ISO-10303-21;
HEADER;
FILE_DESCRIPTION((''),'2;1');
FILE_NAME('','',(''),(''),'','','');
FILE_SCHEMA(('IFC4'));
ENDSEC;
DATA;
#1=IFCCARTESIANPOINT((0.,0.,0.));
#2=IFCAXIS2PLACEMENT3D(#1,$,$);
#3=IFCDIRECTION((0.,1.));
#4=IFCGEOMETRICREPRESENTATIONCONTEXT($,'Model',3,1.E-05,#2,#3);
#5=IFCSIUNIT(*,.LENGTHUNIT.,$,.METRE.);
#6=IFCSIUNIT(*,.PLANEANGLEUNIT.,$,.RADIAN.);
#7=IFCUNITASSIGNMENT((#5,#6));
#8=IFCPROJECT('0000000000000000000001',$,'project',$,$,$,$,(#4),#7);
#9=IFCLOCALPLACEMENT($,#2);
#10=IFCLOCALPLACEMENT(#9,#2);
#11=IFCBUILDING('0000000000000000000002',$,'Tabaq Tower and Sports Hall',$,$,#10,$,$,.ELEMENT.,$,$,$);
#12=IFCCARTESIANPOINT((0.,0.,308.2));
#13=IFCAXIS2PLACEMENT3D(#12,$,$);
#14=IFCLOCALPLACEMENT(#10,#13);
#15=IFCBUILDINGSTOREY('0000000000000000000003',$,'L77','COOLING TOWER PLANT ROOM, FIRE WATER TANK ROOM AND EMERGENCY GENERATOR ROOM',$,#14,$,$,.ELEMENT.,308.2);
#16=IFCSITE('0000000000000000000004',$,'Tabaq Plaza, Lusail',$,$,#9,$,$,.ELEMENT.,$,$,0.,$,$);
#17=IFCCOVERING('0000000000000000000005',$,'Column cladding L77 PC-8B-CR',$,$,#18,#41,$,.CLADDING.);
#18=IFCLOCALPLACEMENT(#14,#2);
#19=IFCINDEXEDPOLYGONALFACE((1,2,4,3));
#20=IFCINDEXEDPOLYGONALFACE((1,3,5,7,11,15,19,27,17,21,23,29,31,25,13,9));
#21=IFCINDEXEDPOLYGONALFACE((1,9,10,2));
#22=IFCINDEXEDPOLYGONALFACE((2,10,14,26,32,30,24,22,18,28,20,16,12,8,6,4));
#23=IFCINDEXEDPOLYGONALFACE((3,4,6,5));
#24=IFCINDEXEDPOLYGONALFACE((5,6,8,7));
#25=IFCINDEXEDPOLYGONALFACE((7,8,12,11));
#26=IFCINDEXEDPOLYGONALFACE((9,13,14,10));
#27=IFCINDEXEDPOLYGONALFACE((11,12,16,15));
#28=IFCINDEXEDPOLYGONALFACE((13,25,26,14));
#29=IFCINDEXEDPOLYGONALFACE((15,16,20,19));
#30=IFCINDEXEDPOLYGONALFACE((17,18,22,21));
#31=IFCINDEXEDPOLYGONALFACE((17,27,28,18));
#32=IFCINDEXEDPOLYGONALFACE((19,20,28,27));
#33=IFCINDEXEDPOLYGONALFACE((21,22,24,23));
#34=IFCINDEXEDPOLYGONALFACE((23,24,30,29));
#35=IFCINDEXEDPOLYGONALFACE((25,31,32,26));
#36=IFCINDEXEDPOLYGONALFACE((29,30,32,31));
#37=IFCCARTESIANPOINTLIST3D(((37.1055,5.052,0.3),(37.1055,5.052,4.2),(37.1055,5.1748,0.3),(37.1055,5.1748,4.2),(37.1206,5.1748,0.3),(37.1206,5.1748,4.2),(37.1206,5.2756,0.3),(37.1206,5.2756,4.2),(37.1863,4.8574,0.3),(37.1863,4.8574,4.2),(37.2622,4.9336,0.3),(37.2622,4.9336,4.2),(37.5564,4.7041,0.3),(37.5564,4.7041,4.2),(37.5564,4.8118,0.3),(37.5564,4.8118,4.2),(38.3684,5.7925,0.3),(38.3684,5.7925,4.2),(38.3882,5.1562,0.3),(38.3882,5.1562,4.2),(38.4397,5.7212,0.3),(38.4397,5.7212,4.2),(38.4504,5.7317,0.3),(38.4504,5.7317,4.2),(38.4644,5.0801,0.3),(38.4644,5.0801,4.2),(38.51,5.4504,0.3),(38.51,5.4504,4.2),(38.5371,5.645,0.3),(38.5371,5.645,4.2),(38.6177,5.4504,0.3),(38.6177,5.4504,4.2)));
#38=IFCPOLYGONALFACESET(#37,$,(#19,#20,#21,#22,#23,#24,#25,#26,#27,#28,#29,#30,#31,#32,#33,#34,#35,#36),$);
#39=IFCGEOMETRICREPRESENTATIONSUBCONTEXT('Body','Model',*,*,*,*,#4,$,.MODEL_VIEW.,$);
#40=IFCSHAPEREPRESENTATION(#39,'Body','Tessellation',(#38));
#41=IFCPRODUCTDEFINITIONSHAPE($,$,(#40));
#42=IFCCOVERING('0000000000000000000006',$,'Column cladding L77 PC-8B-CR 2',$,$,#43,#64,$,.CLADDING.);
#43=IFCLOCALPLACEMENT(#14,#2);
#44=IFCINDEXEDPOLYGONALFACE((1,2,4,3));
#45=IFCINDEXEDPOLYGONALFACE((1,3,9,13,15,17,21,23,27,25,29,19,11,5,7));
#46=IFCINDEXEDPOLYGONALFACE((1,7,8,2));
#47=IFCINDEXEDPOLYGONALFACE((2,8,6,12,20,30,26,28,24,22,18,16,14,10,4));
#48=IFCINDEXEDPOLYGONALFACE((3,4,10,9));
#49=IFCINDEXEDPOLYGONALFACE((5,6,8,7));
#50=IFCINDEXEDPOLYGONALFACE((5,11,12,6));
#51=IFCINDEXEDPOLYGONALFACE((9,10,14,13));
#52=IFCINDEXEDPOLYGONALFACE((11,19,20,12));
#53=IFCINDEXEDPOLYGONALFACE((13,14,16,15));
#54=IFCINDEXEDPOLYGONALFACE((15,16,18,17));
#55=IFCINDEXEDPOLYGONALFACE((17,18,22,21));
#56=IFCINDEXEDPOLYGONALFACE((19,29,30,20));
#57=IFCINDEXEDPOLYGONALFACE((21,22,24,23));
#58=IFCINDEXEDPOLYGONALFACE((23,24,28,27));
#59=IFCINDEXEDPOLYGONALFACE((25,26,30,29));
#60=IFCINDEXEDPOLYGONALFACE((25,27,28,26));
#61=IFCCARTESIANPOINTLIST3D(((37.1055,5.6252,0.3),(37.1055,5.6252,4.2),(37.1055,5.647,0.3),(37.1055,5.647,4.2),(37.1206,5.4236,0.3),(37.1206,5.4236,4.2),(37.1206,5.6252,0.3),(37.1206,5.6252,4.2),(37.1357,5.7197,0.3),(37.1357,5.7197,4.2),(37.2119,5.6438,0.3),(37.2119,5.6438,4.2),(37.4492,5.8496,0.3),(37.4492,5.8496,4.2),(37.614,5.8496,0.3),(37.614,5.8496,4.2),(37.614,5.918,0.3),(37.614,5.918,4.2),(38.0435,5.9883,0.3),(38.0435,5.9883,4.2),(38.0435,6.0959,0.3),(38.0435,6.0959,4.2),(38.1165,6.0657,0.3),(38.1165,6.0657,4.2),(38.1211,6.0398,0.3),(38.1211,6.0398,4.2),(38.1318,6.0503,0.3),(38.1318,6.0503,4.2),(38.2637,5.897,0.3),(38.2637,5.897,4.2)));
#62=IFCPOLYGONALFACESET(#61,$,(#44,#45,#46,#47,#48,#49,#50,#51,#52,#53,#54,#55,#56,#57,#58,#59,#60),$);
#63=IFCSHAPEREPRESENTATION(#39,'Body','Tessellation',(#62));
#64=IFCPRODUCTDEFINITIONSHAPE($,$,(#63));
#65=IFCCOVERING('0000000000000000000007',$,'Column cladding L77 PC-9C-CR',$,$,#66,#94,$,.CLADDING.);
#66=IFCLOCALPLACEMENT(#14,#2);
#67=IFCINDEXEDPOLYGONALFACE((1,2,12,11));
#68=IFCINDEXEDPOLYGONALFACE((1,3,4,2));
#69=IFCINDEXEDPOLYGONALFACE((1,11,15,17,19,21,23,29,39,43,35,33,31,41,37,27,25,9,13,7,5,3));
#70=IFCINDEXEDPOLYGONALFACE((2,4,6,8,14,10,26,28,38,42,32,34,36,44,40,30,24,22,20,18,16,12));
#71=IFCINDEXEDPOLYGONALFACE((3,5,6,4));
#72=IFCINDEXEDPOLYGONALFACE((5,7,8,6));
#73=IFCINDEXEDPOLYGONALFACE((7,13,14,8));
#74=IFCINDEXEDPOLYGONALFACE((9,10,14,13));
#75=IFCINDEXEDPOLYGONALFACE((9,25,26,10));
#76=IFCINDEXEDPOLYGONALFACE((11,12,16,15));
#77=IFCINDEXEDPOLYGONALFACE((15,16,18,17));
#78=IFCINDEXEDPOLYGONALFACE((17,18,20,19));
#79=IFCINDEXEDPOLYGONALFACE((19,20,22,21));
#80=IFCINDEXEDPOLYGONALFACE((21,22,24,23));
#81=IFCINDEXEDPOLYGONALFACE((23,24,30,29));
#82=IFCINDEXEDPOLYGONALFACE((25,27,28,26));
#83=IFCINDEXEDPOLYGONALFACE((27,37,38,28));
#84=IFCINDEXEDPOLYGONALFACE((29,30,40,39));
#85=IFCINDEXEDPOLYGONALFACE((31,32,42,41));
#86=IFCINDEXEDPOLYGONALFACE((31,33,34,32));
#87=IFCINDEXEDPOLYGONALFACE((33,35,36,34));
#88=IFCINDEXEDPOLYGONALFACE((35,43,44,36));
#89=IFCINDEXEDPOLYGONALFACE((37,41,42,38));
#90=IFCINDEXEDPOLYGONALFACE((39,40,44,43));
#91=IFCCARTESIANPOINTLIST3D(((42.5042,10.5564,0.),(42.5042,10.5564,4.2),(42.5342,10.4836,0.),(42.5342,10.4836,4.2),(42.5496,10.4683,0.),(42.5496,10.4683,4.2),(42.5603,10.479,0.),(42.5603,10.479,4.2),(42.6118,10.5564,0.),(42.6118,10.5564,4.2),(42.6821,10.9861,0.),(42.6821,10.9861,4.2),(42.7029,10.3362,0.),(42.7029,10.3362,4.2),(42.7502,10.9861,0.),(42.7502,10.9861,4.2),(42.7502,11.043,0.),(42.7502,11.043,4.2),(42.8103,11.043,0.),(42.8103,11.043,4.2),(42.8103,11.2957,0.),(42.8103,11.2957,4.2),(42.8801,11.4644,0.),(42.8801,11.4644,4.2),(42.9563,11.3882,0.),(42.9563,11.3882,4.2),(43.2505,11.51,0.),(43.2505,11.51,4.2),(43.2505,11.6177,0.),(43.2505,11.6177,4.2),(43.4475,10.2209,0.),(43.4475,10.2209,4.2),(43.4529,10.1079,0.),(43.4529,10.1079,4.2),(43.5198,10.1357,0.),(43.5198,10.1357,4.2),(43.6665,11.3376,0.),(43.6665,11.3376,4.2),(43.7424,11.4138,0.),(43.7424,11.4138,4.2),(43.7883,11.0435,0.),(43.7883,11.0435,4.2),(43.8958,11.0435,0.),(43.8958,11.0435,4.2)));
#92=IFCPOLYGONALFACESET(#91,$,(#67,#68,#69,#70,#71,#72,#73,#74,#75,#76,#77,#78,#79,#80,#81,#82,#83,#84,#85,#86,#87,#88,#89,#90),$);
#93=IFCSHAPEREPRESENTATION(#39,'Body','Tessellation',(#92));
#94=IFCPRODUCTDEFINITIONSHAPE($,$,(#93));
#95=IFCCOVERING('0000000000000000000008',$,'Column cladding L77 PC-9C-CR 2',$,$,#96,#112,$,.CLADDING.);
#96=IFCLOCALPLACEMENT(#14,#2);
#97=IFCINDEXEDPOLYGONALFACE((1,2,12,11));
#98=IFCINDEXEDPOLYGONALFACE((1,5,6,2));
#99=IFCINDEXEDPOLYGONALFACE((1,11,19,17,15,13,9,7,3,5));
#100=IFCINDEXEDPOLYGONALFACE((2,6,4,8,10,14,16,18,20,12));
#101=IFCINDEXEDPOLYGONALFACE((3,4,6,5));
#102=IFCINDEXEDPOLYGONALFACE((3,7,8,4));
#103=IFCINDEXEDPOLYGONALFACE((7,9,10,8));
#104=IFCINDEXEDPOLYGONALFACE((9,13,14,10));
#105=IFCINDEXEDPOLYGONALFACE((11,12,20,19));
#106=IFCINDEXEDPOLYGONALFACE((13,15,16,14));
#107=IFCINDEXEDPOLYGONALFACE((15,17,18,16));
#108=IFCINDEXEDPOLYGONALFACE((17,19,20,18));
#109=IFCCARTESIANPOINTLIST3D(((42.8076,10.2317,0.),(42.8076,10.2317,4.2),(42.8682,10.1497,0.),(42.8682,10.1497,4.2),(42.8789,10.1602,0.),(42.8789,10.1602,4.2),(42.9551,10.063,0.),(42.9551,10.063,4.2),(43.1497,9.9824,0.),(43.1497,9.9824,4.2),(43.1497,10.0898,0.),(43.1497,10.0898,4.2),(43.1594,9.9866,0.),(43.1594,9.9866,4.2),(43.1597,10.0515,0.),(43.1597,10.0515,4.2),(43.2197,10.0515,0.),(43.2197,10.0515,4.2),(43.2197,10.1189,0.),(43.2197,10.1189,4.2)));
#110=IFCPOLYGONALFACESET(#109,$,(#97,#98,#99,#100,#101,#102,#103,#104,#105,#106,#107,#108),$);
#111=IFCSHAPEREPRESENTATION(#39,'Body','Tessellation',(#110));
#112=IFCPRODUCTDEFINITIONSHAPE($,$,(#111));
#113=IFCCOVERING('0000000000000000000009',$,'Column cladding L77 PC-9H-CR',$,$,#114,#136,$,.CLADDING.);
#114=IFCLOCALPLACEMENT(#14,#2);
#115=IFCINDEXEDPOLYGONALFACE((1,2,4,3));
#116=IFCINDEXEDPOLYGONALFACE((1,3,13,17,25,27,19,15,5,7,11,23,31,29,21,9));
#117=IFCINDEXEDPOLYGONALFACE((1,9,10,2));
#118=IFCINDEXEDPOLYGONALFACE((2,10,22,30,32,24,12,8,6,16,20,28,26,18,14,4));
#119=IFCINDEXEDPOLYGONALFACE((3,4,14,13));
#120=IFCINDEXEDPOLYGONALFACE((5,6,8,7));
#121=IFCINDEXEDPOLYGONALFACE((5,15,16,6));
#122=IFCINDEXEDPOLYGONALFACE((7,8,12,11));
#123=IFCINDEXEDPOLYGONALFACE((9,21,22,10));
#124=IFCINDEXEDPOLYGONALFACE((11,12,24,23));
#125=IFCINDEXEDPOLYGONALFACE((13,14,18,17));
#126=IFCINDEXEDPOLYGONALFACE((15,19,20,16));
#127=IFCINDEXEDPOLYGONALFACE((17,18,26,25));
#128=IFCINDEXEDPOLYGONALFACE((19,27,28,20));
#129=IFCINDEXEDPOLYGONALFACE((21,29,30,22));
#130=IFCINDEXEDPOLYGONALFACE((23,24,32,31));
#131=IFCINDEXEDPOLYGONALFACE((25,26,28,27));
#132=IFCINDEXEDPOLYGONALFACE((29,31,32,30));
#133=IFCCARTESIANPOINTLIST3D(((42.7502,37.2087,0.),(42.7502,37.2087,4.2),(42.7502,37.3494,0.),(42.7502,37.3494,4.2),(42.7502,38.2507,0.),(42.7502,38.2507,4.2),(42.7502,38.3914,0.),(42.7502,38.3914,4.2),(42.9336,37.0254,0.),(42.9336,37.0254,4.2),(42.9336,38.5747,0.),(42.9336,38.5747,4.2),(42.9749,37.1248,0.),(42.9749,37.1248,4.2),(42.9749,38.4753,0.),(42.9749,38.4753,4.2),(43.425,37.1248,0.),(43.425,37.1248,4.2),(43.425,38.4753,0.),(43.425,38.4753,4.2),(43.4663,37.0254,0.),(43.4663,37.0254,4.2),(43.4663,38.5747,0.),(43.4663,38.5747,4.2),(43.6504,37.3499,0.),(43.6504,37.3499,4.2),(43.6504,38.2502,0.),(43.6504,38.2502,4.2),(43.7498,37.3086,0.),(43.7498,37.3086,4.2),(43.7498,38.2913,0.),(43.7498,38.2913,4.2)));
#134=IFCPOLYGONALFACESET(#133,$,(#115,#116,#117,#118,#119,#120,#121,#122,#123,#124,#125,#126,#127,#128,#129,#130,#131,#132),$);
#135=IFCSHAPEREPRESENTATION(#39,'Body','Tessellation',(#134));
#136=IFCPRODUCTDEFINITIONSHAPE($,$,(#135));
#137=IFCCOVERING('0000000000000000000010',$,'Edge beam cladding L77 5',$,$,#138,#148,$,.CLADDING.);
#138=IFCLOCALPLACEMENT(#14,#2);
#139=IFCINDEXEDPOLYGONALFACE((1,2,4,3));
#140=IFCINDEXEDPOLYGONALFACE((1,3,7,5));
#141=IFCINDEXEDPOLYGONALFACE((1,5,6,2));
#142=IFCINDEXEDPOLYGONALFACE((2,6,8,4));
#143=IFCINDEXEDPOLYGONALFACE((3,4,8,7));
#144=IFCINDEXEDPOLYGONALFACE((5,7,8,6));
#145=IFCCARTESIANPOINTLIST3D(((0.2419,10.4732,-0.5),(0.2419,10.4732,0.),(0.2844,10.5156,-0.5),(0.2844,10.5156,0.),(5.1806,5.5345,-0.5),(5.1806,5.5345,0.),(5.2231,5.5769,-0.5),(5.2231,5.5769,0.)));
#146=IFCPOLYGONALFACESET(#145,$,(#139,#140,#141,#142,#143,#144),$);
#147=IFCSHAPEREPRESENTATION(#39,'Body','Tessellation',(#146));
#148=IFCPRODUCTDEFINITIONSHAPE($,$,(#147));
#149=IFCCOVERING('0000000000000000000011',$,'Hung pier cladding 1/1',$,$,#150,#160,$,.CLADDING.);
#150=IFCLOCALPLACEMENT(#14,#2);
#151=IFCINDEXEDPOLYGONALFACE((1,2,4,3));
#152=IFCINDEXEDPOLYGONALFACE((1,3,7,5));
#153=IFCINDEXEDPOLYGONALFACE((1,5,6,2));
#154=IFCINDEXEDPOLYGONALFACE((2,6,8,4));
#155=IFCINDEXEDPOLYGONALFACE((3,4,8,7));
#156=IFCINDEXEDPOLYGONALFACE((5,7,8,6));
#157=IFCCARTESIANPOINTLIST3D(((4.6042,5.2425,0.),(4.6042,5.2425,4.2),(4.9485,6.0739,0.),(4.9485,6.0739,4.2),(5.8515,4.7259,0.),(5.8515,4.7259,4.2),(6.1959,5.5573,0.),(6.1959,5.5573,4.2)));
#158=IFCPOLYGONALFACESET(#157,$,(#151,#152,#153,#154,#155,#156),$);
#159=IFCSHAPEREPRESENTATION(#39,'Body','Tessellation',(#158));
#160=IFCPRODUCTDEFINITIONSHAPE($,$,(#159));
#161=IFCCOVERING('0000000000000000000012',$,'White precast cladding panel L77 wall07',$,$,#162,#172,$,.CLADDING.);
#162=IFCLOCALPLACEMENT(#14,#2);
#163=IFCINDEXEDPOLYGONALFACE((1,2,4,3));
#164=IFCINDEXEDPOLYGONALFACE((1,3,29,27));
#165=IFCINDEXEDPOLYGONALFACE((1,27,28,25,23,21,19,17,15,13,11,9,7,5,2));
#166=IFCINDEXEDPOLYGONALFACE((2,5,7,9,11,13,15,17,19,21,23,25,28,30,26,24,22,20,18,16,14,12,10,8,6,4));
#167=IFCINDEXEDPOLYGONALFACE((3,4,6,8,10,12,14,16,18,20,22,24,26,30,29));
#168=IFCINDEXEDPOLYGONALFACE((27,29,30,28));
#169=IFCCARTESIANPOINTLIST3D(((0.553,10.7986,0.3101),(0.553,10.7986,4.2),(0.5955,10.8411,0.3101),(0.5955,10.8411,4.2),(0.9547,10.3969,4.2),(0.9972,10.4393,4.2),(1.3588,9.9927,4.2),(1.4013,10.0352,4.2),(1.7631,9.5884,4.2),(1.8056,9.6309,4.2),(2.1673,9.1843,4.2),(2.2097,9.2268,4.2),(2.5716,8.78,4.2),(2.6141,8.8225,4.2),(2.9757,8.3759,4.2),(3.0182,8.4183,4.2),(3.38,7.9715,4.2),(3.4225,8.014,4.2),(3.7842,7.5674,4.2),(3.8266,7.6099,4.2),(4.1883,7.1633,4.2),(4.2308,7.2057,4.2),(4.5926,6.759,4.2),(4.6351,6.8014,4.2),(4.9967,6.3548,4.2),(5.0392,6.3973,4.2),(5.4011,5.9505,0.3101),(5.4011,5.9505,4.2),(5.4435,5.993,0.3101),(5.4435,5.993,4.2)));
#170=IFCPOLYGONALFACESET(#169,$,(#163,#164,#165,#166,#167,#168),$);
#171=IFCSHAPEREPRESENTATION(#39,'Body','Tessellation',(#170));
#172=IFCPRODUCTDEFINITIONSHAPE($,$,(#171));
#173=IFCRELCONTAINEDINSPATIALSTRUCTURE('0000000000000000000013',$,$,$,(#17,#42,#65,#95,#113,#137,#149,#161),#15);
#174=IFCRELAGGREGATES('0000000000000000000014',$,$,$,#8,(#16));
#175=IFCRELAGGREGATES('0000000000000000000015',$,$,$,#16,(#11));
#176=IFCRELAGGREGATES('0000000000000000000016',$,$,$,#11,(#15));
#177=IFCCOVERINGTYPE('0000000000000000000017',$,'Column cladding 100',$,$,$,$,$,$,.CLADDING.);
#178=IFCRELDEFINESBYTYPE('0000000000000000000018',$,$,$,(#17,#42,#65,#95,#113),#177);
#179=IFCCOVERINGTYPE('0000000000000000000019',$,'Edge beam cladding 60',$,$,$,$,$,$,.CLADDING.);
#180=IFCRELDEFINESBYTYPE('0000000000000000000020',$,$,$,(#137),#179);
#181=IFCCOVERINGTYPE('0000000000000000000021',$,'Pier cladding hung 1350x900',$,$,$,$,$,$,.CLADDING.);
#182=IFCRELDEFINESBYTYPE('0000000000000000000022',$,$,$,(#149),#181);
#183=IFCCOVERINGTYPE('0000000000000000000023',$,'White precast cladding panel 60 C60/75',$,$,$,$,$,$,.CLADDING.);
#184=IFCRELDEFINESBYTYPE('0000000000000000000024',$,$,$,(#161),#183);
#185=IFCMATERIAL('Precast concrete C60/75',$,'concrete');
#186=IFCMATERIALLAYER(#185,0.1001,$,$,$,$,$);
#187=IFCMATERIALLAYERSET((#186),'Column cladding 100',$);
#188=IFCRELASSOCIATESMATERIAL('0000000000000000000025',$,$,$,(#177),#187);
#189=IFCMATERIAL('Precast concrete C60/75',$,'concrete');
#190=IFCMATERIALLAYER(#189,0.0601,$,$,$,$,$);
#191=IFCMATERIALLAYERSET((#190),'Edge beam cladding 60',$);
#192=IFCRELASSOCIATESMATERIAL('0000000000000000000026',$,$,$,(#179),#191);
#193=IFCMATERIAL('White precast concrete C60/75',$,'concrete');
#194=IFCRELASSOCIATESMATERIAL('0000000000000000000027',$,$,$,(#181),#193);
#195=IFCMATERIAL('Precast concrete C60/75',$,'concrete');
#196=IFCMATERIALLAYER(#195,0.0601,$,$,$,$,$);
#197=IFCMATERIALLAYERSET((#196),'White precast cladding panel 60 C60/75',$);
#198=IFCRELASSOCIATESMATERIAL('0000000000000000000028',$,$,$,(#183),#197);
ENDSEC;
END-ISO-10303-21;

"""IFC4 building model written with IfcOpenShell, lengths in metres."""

from ifc_helpers import new_model, si_unit, direction, frame, frame_2d, origin, place, context, subcontext, project, spatial, polyline, rectangle, outline, extrude, material, layer, layer_set, type_object, element, save


model = new_model("IFC4")

# Units and contexts
model_context = context("Model", 3, precision=1e-05, world=origin(), true_north=direction((0.0, 1.0)))
body_context = subcontext(model_context, "Body", "Model", "MODEL_VIEW")
ifc_project = project(units=[si_unit("LENGTHUNIT", "METRE"), si_unit("PLANEANGLEUNIT", "RADIAN")], contexts=[model_context])

# Site, building, storey
site_placement = place(None, origin())
site = spatial("IfcSite", under=ifc_project, at=site_placement, Name="Tabaq Plaza, Lusail", CompositionType="ELEMENT", RefElevation=0.0)
building_placement = place(site_placement, origin())
building = spatial("IfcBuilding", under=site, at=building_placement, Name="Tabaq Tower and Sports Hall", CompositionType="ELEMENT")
storey_placement = place(building_placement, frame((0.0, 0.0, 308.2)))
storey = spatial("IfcBuildingStorey", under=building, at=storey_placement, Name="L77", Description="COOLING TOWER PLANT ROOM, FIRE WATER TANK ROOM AND EMERGENCY GENERATOR ROOM", CompositionType="ELEMENT", Elevation=308.2)

# Coverings
ifc_material_1 = material(Name="Precast concrete C60/75", Category="concrete")
ifc_layer_1 = layer(ifc_material_1, 0.1001)
ifc_layer_set_1 = layer_set([ifc_layer_1], Name="Column cladding 100")
covering_type_1 = type_object("IfcCoveringType", Name="Column cladding 100", PredefinedType="CLADDING", material=ifc_layer_set_1)
covering_1_placement = place(storey_placement, frame((0.0, 0.0, 0.3)))
element("IfcCovering", 1, at=covering_1_placement, inside=storey, type_object=covering_type_1, Name="Column cladding L77 PC-8B-CR", PredefinedType="CLADDING", context=body_context, shape_type="SweptSolid", body=[
    extrude(outline(polyline([(37.1055, 5.052), (37.1055, 5.1748), (37.1206, 5.1748), (37.1206, 5.2756), (37.2622, 4.9336), (37.5564, 4.8118), (38.3882, 5.1562), (38.51, 5.4504), (38.3684, 5.7925), (38.4397, 5.7212), (38.4504, 5.7317), (38.5371, 5.645), (38.6177, 5.4504), (38.4644, 5.0801), (37.5564, 4.7041), (37.1863, 4.8574), (37.1055, 5.052)])), origin(), (0.0, 0.0, 1.0), 3.8999),
])
covering_2_placement = place(storey_placement, frame((0.0, 0.0, 0.3)))
element("IfcCovering", 2, at=covering_2_placement, inside=storey, type_object=covering_type_1, Name="Column cladding L77 PC-8B-CR 2", PredefinedType="CLADDING", context=body_context, shape_type="SweptSolid", body=[
    extrude(outline(polyline([(37.1357, 5.7197), (37.4492, 5.8496), (37.614, 5.8496), (37.614, 5.918), (38.0435, 6.0959), (38.1165, 6.0657), (38.1318, 6.0503), (38.1211, 6.0398), (38.2637, 5.897), (38.0435, 5.9883), (37.2119, 5.6438), (37.1206, 5.4236), (37.1206, 5.6252), (37.1055, 5.6252), (37.1055, 5.647), (37.1357, 5.7197)])), origin(), (0.0, 0.0, 1.0), 3.8999),
])
covering_3_placement = place(storey_placement, origin())
element("IfcCovering", 3, at=covering_3_placement, inside=storey, type_object=covering_type_1, Name="Column cladding L77 PC-9C-CR", PredefinedType="CLADDING", context=body_context, shape_type="SweptSolid", body=[
    extrude(outline(polyline([(42.5042, 10.5564), (42.6821, 10.9861), (42.7502, 10.9861), (42.7502, 11.043), (42.8103, 11.043), (42.8103, 11.2957), (42.8801, 11.4644), (43.2505, 11.6177), (43.7424, 11.4138), (43.8958, 11.0435), (43.5198, 10.1357), (43.4529, 10.1079), (43.4475, 10.2209), (43.7883, 11.0435), (43.6665, 11.3376), (43.2505, 11.51), (42.9563, 11.3882), (42.6118, 10.5564), (42.7029, 10.3362), (42.5603, 10.479), (42.5496, 10.4683), (42.5342, 10.4836), (42.5042, 10.5564)])), origin(), (0.0, 0.0, 1.0), 4.2),
])
covering_4_placement = place(storey_placement, origin())
element("IfcCovering", 4, at=covering_4_placement, inside=storey, type_object=covering_type_1, Name="Column cladding L77 PC-9C-CR 2", PredefinedType="CLADDING", context=body_context, shape_type="SweptSolid", body=[
    extrude(outline(polyline([(42.9551, 10.063), (42.8682, 10.1497), (42.8789, 10.1602), (42.8076, 10.2317), (43.1497, 10.0898), (43.2197, 10.1189), (43.2197, 10.0515), (43.1597, 10.0515), (43.1594, 9.9866), (43.1497, 9.9824), (42.9551, 10.063)])), origin(), (0.0, 0.0, 1.0), 4.2),
])
covering_5_placement = place(storey_placement, origin())
element("IfcCovering", 5, at=covering_5_placement, inside=storey, type_object=covering_type_1, Name="Column cladding L77 PC-9H-CR", PredefinedType="CLADDING", context=body_context, shape_type="SweptSolid", body=[
    extrude(outline(polyline([(42.9336, 37.0254), (42.7502, 37.2087), (42.7502, 37.3494), (42.9749, 37.1248), (43.425, 37.1248), (43.6504, 37.3499), (43.6504, 38.2502), (43.425, 38.4753), (42.9749, 38.4753), (42.7502, 38.2507), (42.7502, 38.3914), (42.9336, 38.5747), (43.4663, 38.5747), (43.7498, 38.2913), (43.7498, 37.3086), (43.4663, 37.0254), (42.9336, 37.0254)])), origin(), (0.0, 0.0, 1.0), 4.2),
])
ifc_material_2 = material(Name="Precast concrete C60/75", Category="concrete")
ifc_layer_2 = layer(ifc_material_2, 0.0601)
ifc_layer_set_2 = layer_set([ifc_layer_2], Name="Edge beam cladding 60")
covering_type_2 = type_object("IfcCoveringType", Name="Edge beam cladding 60", PredefinedType="CLADDING", material=ifc_layer_set_2)
covering_6_placement = place(storey_placement, frame((0.2632, 10.4944, -0.5), z_axis=(0.0, 0.0, 1.0), x_axis=(0.707107, -0.707107, 0.0)))
element("IfcCovering", 6, at=covering_6_placement, inside=storey, type_object=covering_type_2, Name="Edge beam cladding L77 5", PredefinedType="CLADDING", context=body_context, shape_type="SweptSolid", body=[
    extrude(rectangle(XDim=6.9844, YDim=0.0601, at=frame_2d((3.4922, 0.0))), origin(), (0.0, 0.0, 1.0), 0.5),
])
ifc_material_3 = material(Name="White precast concrete C60/75", Category="concrete")
covering_type_3 = type_object("IfcCoveringType", Name="Pier cladding hung 1350x900", PredefinedType="CLADDING", material=ifc_material_3)
covering_7_placement = place(storey_placement, frame((4.7764, 5.6582, 0.0), z_axis=(0.0, 0.0, 1.0), x_axis=(0.923893, -0.38265, 0.0)))
element("IfcCovering", 7, at=covering_7_placement, inside=storey, type_object=covering_type_3, Name="Hung pier cladding 1/1", PredefinedType="CLADDING", context=body_context, shape_type="SweptSolid", body=[
    extrude(rectangle(XDim=1.3501, YDim=0.8999, at=frame_2d((0.675, 0.0))), origin(), (0.0, 0.0, 1.0), 4.2),
])
ifc_material_4 = material(Name="Precast concrete C60/75", Category="concrete")
ifc_layer_3 = layer(ifc_material_4, 0.0601)
ifc_layer_set_3 = layer_set([ifc_layer_3], Name="White precast cladding panel 60 C60/75")
covering_type_4 = type_object("IfcCoveringType", Name="White precast cladding panel 60 C60/75", PredefinedType="CLADDING", material=ifc_layer_set_3)
covering_8_placement = place(storey_placement, frame((0.5742, 10.8198, 0.3101), z_axis=(0.0, 0.0, 1.0), x_axis=(0.707107, -0.707107, 0.0)))
element("IfcCovering", 8, at=covering_8_placement, inside=storey, type_object=covering_type_4, Name="White precast cladding panel L77 wall07", PredefinedType="CLADDING", context=body_context, shape_type="SweptSolid", body=[
    extrude(outline(polyline([(0.0, 0.0), (6.8562, 0.0), (6.8562, 3.8899), (6.2844, 3.8899), (5.7129, 3.8899), (5.1411, 3.8899), (4.5696, 3.8899), (3.998, 3.8899), (3.4263, 3.8899), (2.8547, 3.8899), (2.283, 3.8899), (1.7114, 3.8899), (1.1396, 3.8899), (0.5681, 3.8899), (0.0, 3.8899), (0.0, 0.0)])), frame((0.0, 0.03, 0.0), z_axis=(0.0, -1.0, 0.0), x_axis=(1.0, 0.0, 0.0)), (0.0, 0.0, 1.0), 0.0601),
])

save(model, "model.ifc")
